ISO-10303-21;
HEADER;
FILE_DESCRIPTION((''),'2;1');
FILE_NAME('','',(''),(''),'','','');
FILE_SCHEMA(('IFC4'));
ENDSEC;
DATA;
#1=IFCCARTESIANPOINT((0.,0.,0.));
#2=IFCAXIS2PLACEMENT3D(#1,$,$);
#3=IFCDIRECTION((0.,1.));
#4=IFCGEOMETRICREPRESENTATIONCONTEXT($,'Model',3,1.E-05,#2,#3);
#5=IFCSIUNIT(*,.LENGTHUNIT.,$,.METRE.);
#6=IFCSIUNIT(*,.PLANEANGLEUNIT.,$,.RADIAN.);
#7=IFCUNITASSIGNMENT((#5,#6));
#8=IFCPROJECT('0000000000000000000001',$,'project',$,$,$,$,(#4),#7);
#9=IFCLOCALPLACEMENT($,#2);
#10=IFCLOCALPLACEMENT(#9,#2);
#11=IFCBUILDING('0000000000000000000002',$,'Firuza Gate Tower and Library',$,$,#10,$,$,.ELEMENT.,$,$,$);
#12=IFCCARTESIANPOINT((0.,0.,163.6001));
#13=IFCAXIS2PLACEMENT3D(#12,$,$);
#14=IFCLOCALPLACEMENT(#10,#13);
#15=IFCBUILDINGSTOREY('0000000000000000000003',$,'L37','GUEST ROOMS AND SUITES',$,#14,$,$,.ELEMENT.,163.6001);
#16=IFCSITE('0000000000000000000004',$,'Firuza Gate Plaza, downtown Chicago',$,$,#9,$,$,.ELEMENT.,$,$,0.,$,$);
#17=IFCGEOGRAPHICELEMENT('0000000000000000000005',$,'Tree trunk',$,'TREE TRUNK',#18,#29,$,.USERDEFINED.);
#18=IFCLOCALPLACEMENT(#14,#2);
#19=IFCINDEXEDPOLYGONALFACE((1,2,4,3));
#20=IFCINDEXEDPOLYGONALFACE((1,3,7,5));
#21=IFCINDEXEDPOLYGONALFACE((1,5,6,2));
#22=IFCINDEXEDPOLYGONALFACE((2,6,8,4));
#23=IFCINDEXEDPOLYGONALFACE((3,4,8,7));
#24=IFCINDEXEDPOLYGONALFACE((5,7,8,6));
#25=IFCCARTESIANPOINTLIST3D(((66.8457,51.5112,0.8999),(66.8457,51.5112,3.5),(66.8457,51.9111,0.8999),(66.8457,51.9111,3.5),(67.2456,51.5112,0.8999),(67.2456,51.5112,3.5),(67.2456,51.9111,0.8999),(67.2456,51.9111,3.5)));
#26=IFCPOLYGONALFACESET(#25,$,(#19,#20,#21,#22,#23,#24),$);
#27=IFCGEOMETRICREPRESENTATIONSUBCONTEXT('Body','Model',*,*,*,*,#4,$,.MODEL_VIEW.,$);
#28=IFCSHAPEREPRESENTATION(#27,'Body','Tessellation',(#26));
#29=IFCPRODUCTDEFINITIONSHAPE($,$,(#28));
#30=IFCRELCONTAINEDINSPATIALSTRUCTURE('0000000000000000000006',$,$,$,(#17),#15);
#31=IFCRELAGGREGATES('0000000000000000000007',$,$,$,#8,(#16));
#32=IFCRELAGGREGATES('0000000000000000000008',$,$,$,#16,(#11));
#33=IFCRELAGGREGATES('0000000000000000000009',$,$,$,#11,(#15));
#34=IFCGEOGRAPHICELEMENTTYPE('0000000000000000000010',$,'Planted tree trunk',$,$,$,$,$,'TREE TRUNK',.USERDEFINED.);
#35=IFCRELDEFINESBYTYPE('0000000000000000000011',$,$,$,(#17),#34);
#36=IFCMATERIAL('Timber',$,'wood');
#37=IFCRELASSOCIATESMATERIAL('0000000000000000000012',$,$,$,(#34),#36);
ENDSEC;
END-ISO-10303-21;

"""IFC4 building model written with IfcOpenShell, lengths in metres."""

from ifc_helpers import new_model, si_unit, direction, frame, origin, origin_2d, place, context, subcontext, project, spatial, rectangle, extrude, material, type_object, element, save


model = new_model("IFC4")

# Units and contexts
model_context = context("Model", 3, precision=1e-05, world=origin(), true_north=direction((0.0, 1.0)))
body_context = subcontext(model_context, "Body", "Model", "MODEL_VIEW")
ifc_project = project(units=[si_unit("LENGTHUNIT", "METRE"), si_unit("PLANEANGLEUNIT", "RADIAN")], contexts=[model_context])

# Site, building, storey
site_placement = place(None, origin())
site = spatial("IfcSite", under=ifc_project, at=site_placement, Name="Firuza Gate Plaza, downtown Chicago", CompositionType="ELEMENT", RefElevation=0.0)
building_placement = place(site_placement, origin())
building = spatial("IfcBuilding", under=site, at=building_placement, Name="Firuza Gate Tower and Library", CompositionType="ELEMENT")
storey_placement = place(building_placement, frame((0.0, 0.0, 163.6001)))
storey = spatial("IfcBuildingStorey", under=building, at=storey_placement, Name="L37", Description="GUEST ROOMS AND SUITES", CompositionType="ELEMENT", Elevation=163.6001)

# Geographic element
ifc_material_1 = material(Name="Timber", Category="wood")
geographic_element_type_1 = type_object("IfcGeographicElementType", Name="Planted tree trunk", ElementType="TREE TRUNK", PredefinedType="USERDEFINED", material=ifc_material_1)
geographic_element_1_placement = place(storey_placement, frame((67.0457, 51.7112, 0.8999), z_axis=(0.0, 0.0, 1.0), x_axis=(1.0, 0.0, 0.0)))
element("IfcGeographicElement", 1, at=geographic_element_1_placement, inside=storey, type_object=geographic_element_type_1, Name="Tree trunk", ObjectType="TREE TRUNK", PredefinedType="USERDEFINED", context=body_context, shape_type="SweptSolid", body=[
    extrude(rectangle(XDim=0.3999, YDim=0.3999, at=origin_2d()), origin(), (0.0, 0.0, 1.0), 2.6001),
])

save(model, "model.ifc")
